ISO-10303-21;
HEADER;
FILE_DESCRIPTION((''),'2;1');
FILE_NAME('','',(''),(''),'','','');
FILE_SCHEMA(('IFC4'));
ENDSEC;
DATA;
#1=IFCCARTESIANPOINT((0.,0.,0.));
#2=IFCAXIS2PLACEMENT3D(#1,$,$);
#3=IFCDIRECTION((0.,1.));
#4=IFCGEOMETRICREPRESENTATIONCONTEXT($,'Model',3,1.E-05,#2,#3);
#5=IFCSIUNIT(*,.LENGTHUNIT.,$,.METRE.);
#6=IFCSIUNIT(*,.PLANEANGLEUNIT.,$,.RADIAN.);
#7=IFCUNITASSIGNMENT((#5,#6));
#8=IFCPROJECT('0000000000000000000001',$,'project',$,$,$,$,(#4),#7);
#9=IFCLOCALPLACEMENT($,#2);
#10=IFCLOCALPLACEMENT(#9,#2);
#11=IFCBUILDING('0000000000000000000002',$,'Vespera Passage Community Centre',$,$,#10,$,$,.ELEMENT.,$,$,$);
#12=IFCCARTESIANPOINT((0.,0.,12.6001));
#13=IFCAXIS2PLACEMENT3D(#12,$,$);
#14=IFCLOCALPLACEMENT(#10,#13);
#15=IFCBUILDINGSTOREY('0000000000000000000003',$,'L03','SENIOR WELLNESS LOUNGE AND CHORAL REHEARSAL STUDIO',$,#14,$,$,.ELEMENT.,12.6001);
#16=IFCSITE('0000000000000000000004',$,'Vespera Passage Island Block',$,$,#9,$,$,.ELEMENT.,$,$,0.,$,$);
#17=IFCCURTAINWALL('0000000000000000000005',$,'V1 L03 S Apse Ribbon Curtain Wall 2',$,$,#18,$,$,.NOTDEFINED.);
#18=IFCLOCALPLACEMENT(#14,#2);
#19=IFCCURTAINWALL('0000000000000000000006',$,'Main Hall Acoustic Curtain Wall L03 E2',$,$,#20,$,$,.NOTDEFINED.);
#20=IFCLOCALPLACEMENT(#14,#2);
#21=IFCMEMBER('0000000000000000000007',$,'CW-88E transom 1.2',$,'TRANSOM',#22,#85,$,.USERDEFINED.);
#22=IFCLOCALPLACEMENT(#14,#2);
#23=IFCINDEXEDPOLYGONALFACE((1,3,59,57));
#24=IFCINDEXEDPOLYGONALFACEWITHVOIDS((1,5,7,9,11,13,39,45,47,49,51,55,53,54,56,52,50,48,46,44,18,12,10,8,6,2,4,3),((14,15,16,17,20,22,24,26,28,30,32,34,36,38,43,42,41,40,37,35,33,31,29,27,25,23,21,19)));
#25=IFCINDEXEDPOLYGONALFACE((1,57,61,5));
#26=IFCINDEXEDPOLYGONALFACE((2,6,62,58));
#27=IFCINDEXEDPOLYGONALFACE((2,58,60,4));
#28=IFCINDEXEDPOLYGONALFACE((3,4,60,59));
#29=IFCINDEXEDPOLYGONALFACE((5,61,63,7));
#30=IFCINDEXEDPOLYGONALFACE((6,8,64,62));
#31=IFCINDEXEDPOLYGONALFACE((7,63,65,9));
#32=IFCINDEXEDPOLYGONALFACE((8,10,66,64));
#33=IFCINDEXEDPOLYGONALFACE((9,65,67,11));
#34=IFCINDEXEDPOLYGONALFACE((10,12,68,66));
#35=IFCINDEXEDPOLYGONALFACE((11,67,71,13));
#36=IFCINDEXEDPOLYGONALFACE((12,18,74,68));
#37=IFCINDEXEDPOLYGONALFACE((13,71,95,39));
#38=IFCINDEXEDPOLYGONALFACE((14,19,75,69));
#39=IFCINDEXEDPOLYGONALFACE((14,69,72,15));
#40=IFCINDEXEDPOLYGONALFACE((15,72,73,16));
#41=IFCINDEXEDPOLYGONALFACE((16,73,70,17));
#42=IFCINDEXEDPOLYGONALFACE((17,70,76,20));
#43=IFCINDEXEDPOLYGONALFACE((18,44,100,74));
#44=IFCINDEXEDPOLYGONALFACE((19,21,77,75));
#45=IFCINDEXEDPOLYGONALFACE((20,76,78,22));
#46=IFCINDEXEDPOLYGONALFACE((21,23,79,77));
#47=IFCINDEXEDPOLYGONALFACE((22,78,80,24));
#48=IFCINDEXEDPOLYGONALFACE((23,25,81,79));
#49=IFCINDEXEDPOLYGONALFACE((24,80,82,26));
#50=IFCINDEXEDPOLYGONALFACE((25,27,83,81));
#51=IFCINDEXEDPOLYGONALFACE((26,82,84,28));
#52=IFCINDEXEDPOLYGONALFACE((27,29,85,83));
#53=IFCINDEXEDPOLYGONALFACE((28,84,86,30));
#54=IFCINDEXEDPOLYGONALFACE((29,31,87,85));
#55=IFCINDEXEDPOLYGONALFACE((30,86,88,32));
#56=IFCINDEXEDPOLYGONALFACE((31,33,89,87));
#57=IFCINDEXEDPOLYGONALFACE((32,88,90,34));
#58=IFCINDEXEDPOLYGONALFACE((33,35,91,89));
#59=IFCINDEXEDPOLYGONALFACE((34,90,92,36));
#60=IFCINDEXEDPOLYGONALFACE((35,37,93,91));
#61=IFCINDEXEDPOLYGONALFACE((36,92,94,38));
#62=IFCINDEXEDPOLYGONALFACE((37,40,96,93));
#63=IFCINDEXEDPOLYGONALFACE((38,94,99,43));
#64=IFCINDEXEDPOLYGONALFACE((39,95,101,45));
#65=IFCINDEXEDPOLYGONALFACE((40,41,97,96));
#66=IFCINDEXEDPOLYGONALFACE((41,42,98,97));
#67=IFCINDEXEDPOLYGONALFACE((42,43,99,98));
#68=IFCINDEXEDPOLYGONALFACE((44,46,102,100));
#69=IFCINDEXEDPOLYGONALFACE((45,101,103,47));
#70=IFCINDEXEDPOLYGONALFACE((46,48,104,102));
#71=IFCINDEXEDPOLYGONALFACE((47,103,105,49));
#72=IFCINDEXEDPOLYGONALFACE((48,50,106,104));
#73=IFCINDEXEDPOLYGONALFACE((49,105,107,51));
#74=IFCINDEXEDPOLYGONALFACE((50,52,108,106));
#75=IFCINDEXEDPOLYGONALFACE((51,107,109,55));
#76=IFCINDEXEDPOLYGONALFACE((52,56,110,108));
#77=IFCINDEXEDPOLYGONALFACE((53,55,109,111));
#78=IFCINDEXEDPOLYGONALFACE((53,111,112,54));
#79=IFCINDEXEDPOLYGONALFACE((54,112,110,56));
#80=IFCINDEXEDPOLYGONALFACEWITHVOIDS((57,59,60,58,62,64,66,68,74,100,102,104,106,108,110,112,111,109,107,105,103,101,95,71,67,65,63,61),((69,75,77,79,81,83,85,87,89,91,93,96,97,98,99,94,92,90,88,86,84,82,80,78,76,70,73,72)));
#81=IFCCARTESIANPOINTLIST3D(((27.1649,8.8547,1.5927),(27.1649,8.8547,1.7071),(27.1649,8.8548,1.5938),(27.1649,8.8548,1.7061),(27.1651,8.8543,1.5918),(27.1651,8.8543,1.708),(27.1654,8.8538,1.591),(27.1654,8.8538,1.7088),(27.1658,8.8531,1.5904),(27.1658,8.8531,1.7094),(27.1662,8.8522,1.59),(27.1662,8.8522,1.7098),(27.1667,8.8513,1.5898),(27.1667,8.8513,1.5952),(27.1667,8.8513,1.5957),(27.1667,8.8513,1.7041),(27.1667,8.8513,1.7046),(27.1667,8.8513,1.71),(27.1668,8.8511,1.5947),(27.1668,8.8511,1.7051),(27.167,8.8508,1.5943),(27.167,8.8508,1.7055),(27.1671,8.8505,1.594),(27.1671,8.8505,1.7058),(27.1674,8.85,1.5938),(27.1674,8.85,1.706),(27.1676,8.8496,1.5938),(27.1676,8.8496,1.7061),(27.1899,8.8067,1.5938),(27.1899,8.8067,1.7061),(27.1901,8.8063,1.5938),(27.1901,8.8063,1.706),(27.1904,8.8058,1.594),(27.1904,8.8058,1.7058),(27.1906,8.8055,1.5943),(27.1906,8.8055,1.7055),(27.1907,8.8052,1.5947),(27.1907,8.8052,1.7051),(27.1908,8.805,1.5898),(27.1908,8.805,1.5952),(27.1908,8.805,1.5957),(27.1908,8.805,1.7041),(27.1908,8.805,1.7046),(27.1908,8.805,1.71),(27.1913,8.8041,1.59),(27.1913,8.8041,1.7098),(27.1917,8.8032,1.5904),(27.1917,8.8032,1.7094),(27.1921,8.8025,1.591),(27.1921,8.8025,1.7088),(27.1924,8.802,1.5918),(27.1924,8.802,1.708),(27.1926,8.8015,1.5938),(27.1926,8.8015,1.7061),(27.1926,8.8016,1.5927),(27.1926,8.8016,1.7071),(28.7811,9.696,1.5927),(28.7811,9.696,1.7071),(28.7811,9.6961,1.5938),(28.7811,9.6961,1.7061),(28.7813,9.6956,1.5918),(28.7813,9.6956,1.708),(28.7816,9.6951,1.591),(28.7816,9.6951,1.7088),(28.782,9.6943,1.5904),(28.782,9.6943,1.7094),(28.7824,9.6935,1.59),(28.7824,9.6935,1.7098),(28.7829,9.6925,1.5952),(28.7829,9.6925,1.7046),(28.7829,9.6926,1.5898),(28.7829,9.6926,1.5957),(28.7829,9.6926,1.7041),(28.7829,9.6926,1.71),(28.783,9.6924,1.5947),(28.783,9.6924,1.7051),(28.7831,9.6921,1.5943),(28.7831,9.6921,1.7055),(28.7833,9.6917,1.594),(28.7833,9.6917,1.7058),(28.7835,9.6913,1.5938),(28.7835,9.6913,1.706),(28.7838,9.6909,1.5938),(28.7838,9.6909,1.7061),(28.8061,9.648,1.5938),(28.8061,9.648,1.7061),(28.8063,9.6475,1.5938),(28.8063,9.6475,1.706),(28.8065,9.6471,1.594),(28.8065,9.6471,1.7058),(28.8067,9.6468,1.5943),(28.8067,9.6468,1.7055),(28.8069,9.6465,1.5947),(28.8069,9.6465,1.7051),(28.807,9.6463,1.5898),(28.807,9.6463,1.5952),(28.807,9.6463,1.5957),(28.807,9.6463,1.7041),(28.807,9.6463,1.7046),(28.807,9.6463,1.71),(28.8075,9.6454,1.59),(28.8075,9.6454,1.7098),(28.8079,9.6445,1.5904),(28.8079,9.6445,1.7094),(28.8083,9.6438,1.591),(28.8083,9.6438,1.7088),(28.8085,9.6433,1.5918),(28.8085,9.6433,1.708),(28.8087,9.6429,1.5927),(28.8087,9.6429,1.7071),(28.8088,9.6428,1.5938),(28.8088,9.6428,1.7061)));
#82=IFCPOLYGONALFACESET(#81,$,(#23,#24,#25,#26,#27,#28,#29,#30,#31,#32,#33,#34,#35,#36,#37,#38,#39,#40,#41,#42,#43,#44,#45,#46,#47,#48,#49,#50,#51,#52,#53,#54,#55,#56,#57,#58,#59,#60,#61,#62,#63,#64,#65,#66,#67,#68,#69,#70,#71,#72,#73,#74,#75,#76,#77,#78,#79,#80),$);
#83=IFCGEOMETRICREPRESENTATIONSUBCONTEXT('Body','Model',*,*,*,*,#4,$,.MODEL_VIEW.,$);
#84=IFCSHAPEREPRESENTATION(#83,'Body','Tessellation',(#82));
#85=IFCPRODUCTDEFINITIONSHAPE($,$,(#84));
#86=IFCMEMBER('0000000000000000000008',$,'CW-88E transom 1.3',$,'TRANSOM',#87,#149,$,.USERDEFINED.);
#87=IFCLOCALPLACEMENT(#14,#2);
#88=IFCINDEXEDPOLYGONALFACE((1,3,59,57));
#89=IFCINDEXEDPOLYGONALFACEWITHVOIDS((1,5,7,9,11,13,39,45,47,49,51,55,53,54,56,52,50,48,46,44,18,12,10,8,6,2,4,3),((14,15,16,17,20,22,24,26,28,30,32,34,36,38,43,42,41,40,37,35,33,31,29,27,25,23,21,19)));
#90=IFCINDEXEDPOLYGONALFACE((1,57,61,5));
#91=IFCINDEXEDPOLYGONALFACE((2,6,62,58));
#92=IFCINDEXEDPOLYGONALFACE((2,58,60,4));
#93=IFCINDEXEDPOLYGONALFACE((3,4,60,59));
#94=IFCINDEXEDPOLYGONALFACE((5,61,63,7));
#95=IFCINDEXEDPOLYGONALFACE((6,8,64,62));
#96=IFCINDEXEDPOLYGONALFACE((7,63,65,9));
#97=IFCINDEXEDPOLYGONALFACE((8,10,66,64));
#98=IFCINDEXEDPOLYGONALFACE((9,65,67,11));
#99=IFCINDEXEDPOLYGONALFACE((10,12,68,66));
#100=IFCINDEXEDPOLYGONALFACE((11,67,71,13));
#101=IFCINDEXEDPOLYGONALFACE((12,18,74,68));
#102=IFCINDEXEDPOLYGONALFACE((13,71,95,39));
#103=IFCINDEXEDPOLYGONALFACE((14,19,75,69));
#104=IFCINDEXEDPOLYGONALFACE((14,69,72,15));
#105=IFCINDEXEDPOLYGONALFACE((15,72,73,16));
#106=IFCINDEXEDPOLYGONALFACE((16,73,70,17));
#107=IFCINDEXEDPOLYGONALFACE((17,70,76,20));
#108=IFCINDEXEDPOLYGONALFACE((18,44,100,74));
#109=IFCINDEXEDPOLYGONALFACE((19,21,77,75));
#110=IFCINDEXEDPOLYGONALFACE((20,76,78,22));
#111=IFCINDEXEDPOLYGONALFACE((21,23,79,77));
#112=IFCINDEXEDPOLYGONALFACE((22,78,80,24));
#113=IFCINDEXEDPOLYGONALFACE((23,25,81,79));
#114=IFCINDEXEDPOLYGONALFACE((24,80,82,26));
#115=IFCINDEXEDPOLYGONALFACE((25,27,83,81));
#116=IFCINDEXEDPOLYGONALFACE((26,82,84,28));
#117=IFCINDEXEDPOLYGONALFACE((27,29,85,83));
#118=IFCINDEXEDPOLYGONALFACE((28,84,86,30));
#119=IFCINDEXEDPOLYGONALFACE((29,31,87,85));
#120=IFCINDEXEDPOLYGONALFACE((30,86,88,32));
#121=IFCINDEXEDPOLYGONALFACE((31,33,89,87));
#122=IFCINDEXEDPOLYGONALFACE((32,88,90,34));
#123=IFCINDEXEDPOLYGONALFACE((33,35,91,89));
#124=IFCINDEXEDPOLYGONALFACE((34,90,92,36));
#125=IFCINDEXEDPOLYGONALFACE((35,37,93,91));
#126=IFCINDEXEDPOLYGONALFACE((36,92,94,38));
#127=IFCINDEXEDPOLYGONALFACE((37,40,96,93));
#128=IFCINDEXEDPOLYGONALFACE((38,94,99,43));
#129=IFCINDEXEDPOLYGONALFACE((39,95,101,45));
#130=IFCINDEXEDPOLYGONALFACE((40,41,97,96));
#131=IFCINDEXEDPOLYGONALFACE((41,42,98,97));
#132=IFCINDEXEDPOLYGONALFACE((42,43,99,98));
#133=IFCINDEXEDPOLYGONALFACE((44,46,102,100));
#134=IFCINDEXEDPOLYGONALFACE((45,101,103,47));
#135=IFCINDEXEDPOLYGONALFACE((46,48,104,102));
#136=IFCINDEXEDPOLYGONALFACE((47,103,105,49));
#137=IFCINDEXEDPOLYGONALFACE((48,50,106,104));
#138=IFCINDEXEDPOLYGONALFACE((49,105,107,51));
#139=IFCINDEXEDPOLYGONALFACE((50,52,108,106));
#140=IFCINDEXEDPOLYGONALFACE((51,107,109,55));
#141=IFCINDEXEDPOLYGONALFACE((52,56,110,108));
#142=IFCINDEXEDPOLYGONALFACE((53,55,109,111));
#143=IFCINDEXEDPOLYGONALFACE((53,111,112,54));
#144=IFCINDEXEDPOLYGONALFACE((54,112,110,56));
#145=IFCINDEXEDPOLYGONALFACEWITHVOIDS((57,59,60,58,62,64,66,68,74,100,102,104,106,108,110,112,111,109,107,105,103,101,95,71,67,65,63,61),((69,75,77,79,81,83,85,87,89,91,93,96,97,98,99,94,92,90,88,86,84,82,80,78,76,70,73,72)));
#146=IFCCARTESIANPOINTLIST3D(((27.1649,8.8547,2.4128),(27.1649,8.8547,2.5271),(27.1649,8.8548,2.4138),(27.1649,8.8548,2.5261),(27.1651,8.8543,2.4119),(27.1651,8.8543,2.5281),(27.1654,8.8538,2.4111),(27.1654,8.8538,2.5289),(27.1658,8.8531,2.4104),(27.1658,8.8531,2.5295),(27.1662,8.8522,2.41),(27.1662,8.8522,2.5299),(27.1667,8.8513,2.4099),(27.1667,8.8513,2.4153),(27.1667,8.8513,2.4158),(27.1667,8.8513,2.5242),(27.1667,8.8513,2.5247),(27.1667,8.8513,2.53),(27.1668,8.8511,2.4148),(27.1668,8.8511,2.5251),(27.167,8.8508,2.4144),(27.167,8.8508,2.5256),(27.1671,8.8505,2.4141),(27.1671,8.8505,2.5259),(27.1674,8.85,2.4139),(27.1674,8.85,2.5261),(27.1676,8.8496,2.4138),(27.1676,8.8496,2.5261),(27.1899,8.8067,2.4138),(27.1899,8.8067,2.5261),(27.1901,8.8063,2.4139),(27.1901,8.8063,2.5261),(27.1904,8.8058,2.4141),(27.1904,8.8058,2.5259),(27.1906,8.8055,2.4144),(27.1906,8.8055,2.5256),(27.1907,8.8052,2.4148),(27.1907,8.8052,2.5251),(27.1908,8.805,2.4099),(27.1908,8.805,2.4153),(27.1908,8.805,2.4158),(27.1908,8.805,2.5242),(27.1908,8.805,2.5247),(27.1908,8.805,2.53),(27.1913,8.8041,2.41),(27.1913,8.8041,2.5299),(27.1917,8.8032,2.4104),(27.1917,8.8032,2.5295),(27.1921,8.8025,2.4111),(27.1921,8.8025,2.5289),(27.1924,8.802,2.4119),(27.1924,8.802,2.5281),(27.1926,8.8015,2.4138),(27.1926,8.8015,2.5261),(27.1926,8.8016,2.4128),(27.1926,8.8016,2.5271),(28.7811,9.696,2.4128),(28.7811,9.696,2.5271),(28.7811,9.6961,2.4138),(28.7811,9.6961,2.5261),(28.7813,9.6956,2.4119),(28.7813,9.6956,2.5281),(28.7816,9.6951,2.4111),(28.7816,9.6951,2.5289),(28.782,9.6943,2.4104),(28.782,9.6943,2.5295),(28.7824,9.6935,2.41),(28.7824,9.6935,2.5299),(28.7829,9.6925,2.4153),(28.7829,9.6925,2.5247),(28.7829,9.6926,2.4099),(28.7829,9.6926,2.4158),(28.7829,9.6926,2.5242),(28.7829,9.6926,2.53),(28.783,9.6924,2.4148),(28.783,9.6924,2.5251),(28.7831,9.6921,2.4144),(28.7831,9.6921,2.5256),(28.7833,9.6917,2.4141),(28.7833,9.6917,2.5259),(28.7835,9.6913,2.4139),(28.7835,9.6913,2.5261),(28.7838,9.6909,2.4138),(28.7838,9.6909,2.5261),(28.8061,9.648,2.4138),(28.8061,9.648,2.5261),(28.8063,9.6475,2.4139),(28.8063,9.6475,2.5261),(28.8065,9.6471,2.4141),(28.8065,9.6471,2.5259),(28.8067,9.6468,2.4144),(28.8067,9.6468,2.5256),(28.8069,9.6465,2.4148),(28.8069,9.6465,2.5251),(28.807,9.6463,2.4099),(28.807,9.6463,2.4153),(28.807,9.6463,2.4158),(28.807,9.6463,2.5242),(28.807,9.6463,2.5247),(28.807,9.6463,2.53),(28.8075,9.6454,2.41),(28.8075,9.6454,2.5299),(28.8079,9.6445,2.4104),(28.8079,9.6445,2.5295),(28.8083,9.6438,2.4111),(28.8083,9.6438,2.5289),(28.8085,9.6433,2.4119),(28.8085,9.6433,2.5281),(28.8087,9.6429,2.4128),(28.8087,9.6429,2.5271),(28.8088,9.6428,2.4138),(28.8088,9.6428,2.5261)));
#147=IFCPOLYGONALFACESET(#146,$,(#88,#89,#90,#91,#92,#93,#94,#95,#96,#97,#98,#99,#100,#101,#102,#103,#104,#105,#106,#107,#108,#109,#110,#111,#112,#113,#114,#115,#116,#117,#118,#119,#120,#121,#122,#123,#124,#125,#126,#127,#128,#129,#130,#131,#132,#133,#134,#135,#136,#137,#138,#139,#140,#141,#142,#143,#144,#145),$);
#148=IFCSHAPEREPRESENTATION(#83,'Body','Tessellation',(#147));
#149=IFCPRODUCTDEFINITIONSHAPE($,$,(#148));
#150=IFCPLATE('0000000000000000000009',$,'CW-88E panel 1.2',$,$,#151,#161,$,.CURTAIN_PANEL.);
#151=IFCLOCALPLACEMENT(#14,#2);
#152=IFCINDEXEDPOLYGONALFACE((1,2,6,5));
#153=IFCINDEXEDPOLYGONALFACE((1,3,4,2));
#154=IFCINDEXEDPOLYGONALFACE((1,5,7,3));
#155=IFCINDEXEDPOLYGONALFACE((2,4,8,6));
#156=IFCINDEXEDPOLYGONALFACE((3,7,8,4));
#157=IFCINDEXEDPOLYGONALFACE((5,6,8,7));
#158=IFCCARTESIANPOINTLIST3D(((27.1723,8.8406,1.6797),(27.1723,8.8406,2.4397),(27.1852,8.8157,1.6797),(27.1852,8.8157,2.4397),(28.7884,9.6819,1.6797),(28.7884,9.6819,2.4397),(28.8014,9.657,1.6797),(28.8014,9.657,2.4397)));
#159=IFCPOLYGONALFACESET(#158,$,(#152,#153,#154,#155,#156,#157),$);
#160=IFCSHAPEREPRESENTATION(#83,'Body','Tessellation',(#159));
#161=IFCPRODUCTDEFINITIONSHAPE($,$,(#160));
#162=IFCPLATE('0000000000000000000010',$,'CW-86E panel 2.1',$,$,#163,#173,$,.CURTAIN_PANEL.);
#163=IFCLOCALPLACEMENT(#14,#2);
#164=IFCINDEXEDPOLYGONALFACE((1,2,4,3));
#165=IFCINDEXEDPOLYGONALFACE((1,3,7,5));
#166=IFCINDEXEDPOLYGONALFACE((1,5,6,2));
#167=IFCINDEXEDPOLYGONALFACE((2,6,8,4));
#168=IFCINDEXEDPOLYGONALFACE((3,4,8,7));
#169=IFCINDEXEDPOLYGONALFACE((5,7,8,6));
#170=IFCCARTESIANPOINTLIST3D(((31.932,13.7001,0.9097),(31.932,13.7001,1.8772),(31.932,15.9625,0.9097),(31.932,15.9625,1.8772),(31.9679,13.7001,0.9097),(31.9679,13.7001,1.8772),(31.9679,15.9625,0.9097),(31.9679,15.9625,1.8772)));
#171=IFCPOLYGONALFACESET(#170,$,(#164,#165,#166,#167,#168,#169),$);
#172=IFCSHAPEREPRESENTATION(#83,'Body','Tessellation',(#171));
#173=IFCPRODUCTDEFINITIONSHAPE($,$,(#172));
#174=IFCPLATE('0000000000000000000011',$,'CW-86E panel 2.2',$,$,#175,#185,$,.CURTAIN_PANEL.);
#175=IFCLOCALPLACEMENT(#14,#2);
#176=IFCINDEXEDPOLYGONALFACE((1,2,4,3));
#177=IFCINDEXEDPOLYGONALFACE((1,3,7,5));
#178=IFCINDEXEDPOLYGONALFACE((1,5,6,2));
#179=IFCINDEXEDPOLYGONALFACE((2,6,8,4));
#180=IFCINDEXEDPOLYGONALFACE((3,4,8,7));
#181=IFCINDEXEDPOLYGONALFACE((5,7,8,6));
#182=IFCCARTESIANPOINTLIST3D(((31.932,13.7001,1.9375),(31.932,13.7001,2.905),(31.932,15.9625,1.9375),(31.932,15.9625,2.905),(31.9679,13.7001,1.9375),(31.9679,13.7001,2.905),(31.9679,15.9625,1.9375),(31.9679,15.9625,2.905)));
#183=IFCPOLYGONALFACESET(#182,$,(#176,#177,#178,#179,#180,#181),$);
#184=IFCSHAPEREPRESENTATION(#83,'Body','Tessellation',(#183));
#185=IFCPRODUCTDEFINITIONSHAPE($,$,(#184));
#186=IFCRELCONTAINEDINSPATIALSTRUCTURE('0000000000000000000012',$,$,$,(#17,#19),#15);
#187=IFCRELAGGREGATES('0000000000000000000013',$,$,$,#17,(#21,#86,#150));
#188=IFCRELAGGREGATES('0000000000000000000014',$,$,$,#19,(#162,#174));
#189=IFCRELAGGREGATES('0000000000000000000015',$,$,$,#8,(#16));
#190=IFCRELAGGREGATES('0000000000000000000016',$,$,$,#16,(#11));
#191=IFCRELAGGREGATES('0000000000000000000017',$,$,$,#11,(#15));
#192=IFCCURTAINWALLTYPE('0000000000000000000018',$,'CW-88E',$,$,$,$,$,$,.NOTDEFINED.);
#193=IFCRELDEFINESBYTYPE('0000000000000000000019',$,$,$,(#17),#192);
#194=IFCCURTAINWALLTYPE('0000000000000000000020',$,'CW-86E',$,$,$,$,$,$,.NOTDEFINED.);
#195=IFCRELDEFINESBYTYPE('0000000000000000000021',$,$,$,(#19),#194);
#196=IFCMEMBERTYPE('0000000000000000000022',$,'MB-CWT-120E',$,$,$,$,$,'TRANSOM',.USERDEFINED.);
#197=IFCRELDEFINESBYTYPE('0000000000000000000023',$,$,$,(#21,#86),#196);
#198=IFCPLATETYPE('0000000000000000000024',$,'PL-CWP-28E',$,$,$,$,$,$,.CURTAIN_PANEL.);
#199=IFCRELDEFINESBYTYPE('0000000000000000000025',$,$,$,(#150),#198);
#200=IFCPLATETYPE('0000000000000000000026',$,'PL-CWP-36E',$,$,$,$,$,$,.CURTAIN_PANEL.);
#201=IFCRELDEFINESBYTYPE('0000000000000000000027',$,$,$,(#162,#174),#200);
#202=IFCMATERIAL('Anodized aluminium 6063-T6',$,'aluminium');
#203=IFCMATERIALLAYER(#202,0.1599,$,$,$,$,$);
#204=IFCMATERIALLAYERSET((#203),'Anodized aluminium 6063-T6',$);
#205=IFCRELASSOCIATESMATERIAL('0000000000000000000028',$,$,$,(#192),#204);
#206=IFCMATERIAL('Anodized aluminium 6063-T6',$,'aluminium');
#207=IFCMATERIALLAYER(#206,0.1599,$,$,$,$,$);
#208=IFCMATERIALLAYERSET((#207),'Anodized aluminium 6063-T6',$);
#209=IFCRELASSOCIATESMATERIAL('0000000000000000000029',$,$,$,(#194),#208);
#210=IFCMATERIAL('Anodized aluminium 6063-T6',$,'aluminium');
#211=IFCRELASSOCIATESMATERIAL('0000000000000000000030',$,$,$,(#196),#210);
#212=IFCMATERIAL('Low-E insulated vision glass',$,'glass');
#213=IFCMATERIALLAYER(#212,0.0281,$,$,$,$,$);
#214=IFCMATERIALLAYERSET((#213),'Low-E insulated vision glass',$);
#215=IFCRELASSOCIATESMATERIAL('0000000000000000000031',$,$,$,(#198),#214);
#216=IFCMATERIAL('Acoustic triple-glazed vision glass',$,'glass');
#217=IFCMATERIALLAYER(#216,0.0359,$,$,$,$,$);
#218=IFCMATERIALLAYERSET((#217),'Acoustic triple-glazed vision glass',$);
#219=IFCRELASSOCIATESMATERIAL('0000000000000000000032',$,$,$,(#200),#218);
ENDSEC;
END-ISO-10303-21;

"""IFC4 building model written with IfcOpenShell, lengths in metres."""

from ifc_helpers import new_model, si_unit, direction, frame, origin, origin_2d, place, context, subcontext, project, spatial, rectangle, hollow_rectangle, extrude, material, layer, layer_set, material_profile, profile_set, type_object, element, aggregate, save


model = new_model("IFC4")

# Units and contexts
model_context = context("Model", 3, precision=1e-05, world=origin(), true_north=direction((0.0, 1.0)))
body_context = subcontext(model_context, "Body", "Model", "MODEL_VIEW")
ifc_project = project(units=[si_unit("LENGTHUNIT", "METRE"), si_unit("PLANEANGLEUNIT", "RADIAN")], contexts=[model_context])

# Site, building, storey
site_placement = place(None, origin())
site = spatial("IfcSite", under=ifc_project, at=site_placement, Name="Vespera Passage Island Block", CompositionType="ELEMENT", RefElevation=0.0)
building_placement = place(site_placement, origin())
building = spatial("IfcBuilding", under=site, at=building_placement, Name="Vespera Passage Community Centre", CompositionType="ELEMENT")
storey_placement = place(building_placement, frame((0.0, 0.0, 12.6001)))
storey = spatial("IfcBuildingStorey", under=building, at=storey_placement, Name="L03", Description="SENIOR WELLNESS LOUNGE AND CHORAL REHEARSAL STUDIO", CompositionType="ELEMENT", Elevation=12.6001)

# Curtain wall
ifc_material_1 = material(Name="Anodized aluminium 6063-T6", Category="aluminium")
ifc_layer_1 = layer(ifc_material_1, 0.1599)
ifc_layer_set_1 = layer_set([ifc_layer_1], Name="Anodized aluminium 6063-T6")
curtain_wall_type_1 = type_object("IfcCurtainWallType", Name="CW-88E", PredefinedType="NOTDEFINED", material=ifc_layer_set_1)
curtain_wall_1_placement = place(storey_placement, origin())
curtain_wall_1 = element("IfcCurtainWall", 1, at=curtain_wall_1_placement, inside=storey, type_object=curtain_wall_type_1, Name="V1 L03 S Apse Ribbon Curtain Wall 2", PredefinedType="NOTDEFINED")

# Curtain wall
ifc_material_2 = material(Name="Anodized aluminium 6063-T6", Category="aluminium")
ifc_layer_2 = layer(ifc_material_2, 0.1599)
ifc_layer_set_2 = layer_set([ifc_layer_2], Name="Anodized aluminium 6063-T6")
curtain_wall_type_2 = type_object("IfcCurtainWallType", Name="CW-86E", PredefinedType="NOTDEFINED", material=ifc_layer_set_2)
curtain_wall_2_placement = place(storey_placement, origin())
curtain_wall_2 = element("IfcCurtainWall", 2, at=curtain_wall_2_placement, inside=storey, type_object=curtain_wall_type_2, Name="Main Hall Acoustic Curtain Wall L03 E2", PredefinedType="NOTDEFINED")
ifc_material_3 = material(Name="Anodized aluminium 6063-T6", Category="aluminium")
ifc_material_profile_1 = material_profile(ifc_material_3, hollow_rectangle(XDim=0.0601, YDim=0.1201, WallThickness=0.0039, InnerFilletRadius=0.002, OuterFilletRadius=0.0039, at=origin_2d()), Name="ALU120X60X4")
ifc_profile_set_1 = profile_set([ifc_material_profile_1], Name="Anodized aluminium 6063-T6")
member_type_1 = type_object("IfcMemberType", Name="MB-CWT-120E", ElementType="TRANSOM", PredefinedType="USERDEFINED", material=ifc_profile_set_1)

# Members
member_1_placement = place(storey_placement, frame((28.7949, 9.6694, 1.6499), z_axis=(-0.887019, -0.461732, 0.0), x_axis=(0.461732, -0.887019, 0.0)))
member_1 = element("IfcMember", 3, at=member_1_placement, type_object=member_type_1, Name="CW-88E transom 1.2", ObjectType="TRANSOM", PredefinedType="USERDEFINED", context=body_context, shape_type="SweptSolid", body=[
    extrude(hollow_rectangle(XDim=0.0601, YDim=0.1201, WallThickness=0.0039, InnerFilletRadius=0.002, OuterFilletRadius=0.0039, at=origin_2d()), origin(), (0.0, 0.0, 1.0), 1.822),
])
member_2_placement = place(storey_placement, frame((28.7949, 9.6694, 2.47), z_axis=(-0.887019, -0.461732, 0.0), x_axis=(0.461732, -0.887019, 0.0)))
member_2 = element("IfcMember", 4, at=member_2_placement, type_object=member_type_1, Name="CW-88E transom 1.3", ObjectType="TRANSOM", PredefinedType="USERDEFINED", context=body_context, shape_type="SweptSolid", body=[
    extrude(hollow_rectangle(XDim=0.0601, YDim=0.1201, WallThickness=0.0039, InnerFilletRadius=0.002, OuterFilletRadius=0.0039, at=origin_2d()), origin(), (0.0, 0.0, 1.0), 1.822),
])

# Plates
ifc_material_4 = material(Name="Low-E insulated vision glass", Category="glass")
ifc_layer_3 = layer(ifc_material_4, 0.0281)
ifc_layer_set_3 = layer_set([ifc_layer_3], Name="Low-E insulated vision glass")
plate_type_1 = type_object("IfcPlateType", Name="PL-CWP-28E", PredefinedType="CURTAIN_PANEL", material=ifc_layer_set_3)
plate_1_placement = place(storey_placement, frame((27.9868, 9.2488, 1.6797), z_axis=(0.0, 0.0, 1.0), x_axis=(-0.887013, -0.461745, 0.0)))
plate_1 = element("IfcPlate", 5, at=plate_1_placement, type_object=plate_type_1, Name="CW-88E panel 1.2", PredefinedType="CURTAIN_PANEL", context=body_context, shape_type="SweptSolid", body=[
    extrude(rectangle(XDim=1.822, YDim=0.0281, at=origin_2d()), origin(), (0.0, 0.0, 1.0), 0.76),
])
aggregate(curtain_wall_1, [member_1, member_2, plate_1])
ifc_material_5 = material(Name="Acoustic triple-glazed vision glass", Category="glass")
ifc_layer_4 = layer(ifc_material_5, 0.0359)
ifc_layer_set_4 = layer_set([ifc_layer_4], Name="Acoustic triple-glazed vision glass")
plate_type_2 = type_object("IfcPlateType", Name="PL-CWP-36E", PredefinedType="CURTAIN_PANEL", material=ifc_layer_set_4)
plate_2_placement = place(storey_placement, frame((31.95, 14.8313, 0.9097), z_axis=(0.0, 0.0, 1.0), x_axis=(0.0, -1.0, 0.0)))
plate_2 = element("IfcPlate", 6, at=plate_2_placement, type_object=plate_type_2, Name="CW-86E panel 2.1", PredefinedType="CURTAIN_PANEL", context=body_context, shape_type="SweptSolid", body=[
    extrude(rectangle(XDim=2.2625, YDim=0.0359, at=origin_2d()), origin(), (0.0, 0.0, 1.0), 0.9675),
])
plate_3_placement = place(storey_placement, frame((31.95, 14.8313, 1.9375), z_axis=(0.0, 0.0, 1.0), x_axis=(0.0, -1.0, 0.0)))
plate_3 = element("IfcPlate", 7, at=plate_3_placement, type_object=plate_type_2, Name="CW-86E panel 2.2", PredefinedType="CURTAIN_PANEL", context=body_context, shape_type="SweptSolid", body=[
    extrude(rectangle(XDim=2.2625, YDim=0.0359, at=origin_2d()), origin(), (0.0, 0.0, 1.0), 0.9675),
])
aggregate(curtain_wall_2, [plate_2, plate_3])

save(model, "model.ifc")
